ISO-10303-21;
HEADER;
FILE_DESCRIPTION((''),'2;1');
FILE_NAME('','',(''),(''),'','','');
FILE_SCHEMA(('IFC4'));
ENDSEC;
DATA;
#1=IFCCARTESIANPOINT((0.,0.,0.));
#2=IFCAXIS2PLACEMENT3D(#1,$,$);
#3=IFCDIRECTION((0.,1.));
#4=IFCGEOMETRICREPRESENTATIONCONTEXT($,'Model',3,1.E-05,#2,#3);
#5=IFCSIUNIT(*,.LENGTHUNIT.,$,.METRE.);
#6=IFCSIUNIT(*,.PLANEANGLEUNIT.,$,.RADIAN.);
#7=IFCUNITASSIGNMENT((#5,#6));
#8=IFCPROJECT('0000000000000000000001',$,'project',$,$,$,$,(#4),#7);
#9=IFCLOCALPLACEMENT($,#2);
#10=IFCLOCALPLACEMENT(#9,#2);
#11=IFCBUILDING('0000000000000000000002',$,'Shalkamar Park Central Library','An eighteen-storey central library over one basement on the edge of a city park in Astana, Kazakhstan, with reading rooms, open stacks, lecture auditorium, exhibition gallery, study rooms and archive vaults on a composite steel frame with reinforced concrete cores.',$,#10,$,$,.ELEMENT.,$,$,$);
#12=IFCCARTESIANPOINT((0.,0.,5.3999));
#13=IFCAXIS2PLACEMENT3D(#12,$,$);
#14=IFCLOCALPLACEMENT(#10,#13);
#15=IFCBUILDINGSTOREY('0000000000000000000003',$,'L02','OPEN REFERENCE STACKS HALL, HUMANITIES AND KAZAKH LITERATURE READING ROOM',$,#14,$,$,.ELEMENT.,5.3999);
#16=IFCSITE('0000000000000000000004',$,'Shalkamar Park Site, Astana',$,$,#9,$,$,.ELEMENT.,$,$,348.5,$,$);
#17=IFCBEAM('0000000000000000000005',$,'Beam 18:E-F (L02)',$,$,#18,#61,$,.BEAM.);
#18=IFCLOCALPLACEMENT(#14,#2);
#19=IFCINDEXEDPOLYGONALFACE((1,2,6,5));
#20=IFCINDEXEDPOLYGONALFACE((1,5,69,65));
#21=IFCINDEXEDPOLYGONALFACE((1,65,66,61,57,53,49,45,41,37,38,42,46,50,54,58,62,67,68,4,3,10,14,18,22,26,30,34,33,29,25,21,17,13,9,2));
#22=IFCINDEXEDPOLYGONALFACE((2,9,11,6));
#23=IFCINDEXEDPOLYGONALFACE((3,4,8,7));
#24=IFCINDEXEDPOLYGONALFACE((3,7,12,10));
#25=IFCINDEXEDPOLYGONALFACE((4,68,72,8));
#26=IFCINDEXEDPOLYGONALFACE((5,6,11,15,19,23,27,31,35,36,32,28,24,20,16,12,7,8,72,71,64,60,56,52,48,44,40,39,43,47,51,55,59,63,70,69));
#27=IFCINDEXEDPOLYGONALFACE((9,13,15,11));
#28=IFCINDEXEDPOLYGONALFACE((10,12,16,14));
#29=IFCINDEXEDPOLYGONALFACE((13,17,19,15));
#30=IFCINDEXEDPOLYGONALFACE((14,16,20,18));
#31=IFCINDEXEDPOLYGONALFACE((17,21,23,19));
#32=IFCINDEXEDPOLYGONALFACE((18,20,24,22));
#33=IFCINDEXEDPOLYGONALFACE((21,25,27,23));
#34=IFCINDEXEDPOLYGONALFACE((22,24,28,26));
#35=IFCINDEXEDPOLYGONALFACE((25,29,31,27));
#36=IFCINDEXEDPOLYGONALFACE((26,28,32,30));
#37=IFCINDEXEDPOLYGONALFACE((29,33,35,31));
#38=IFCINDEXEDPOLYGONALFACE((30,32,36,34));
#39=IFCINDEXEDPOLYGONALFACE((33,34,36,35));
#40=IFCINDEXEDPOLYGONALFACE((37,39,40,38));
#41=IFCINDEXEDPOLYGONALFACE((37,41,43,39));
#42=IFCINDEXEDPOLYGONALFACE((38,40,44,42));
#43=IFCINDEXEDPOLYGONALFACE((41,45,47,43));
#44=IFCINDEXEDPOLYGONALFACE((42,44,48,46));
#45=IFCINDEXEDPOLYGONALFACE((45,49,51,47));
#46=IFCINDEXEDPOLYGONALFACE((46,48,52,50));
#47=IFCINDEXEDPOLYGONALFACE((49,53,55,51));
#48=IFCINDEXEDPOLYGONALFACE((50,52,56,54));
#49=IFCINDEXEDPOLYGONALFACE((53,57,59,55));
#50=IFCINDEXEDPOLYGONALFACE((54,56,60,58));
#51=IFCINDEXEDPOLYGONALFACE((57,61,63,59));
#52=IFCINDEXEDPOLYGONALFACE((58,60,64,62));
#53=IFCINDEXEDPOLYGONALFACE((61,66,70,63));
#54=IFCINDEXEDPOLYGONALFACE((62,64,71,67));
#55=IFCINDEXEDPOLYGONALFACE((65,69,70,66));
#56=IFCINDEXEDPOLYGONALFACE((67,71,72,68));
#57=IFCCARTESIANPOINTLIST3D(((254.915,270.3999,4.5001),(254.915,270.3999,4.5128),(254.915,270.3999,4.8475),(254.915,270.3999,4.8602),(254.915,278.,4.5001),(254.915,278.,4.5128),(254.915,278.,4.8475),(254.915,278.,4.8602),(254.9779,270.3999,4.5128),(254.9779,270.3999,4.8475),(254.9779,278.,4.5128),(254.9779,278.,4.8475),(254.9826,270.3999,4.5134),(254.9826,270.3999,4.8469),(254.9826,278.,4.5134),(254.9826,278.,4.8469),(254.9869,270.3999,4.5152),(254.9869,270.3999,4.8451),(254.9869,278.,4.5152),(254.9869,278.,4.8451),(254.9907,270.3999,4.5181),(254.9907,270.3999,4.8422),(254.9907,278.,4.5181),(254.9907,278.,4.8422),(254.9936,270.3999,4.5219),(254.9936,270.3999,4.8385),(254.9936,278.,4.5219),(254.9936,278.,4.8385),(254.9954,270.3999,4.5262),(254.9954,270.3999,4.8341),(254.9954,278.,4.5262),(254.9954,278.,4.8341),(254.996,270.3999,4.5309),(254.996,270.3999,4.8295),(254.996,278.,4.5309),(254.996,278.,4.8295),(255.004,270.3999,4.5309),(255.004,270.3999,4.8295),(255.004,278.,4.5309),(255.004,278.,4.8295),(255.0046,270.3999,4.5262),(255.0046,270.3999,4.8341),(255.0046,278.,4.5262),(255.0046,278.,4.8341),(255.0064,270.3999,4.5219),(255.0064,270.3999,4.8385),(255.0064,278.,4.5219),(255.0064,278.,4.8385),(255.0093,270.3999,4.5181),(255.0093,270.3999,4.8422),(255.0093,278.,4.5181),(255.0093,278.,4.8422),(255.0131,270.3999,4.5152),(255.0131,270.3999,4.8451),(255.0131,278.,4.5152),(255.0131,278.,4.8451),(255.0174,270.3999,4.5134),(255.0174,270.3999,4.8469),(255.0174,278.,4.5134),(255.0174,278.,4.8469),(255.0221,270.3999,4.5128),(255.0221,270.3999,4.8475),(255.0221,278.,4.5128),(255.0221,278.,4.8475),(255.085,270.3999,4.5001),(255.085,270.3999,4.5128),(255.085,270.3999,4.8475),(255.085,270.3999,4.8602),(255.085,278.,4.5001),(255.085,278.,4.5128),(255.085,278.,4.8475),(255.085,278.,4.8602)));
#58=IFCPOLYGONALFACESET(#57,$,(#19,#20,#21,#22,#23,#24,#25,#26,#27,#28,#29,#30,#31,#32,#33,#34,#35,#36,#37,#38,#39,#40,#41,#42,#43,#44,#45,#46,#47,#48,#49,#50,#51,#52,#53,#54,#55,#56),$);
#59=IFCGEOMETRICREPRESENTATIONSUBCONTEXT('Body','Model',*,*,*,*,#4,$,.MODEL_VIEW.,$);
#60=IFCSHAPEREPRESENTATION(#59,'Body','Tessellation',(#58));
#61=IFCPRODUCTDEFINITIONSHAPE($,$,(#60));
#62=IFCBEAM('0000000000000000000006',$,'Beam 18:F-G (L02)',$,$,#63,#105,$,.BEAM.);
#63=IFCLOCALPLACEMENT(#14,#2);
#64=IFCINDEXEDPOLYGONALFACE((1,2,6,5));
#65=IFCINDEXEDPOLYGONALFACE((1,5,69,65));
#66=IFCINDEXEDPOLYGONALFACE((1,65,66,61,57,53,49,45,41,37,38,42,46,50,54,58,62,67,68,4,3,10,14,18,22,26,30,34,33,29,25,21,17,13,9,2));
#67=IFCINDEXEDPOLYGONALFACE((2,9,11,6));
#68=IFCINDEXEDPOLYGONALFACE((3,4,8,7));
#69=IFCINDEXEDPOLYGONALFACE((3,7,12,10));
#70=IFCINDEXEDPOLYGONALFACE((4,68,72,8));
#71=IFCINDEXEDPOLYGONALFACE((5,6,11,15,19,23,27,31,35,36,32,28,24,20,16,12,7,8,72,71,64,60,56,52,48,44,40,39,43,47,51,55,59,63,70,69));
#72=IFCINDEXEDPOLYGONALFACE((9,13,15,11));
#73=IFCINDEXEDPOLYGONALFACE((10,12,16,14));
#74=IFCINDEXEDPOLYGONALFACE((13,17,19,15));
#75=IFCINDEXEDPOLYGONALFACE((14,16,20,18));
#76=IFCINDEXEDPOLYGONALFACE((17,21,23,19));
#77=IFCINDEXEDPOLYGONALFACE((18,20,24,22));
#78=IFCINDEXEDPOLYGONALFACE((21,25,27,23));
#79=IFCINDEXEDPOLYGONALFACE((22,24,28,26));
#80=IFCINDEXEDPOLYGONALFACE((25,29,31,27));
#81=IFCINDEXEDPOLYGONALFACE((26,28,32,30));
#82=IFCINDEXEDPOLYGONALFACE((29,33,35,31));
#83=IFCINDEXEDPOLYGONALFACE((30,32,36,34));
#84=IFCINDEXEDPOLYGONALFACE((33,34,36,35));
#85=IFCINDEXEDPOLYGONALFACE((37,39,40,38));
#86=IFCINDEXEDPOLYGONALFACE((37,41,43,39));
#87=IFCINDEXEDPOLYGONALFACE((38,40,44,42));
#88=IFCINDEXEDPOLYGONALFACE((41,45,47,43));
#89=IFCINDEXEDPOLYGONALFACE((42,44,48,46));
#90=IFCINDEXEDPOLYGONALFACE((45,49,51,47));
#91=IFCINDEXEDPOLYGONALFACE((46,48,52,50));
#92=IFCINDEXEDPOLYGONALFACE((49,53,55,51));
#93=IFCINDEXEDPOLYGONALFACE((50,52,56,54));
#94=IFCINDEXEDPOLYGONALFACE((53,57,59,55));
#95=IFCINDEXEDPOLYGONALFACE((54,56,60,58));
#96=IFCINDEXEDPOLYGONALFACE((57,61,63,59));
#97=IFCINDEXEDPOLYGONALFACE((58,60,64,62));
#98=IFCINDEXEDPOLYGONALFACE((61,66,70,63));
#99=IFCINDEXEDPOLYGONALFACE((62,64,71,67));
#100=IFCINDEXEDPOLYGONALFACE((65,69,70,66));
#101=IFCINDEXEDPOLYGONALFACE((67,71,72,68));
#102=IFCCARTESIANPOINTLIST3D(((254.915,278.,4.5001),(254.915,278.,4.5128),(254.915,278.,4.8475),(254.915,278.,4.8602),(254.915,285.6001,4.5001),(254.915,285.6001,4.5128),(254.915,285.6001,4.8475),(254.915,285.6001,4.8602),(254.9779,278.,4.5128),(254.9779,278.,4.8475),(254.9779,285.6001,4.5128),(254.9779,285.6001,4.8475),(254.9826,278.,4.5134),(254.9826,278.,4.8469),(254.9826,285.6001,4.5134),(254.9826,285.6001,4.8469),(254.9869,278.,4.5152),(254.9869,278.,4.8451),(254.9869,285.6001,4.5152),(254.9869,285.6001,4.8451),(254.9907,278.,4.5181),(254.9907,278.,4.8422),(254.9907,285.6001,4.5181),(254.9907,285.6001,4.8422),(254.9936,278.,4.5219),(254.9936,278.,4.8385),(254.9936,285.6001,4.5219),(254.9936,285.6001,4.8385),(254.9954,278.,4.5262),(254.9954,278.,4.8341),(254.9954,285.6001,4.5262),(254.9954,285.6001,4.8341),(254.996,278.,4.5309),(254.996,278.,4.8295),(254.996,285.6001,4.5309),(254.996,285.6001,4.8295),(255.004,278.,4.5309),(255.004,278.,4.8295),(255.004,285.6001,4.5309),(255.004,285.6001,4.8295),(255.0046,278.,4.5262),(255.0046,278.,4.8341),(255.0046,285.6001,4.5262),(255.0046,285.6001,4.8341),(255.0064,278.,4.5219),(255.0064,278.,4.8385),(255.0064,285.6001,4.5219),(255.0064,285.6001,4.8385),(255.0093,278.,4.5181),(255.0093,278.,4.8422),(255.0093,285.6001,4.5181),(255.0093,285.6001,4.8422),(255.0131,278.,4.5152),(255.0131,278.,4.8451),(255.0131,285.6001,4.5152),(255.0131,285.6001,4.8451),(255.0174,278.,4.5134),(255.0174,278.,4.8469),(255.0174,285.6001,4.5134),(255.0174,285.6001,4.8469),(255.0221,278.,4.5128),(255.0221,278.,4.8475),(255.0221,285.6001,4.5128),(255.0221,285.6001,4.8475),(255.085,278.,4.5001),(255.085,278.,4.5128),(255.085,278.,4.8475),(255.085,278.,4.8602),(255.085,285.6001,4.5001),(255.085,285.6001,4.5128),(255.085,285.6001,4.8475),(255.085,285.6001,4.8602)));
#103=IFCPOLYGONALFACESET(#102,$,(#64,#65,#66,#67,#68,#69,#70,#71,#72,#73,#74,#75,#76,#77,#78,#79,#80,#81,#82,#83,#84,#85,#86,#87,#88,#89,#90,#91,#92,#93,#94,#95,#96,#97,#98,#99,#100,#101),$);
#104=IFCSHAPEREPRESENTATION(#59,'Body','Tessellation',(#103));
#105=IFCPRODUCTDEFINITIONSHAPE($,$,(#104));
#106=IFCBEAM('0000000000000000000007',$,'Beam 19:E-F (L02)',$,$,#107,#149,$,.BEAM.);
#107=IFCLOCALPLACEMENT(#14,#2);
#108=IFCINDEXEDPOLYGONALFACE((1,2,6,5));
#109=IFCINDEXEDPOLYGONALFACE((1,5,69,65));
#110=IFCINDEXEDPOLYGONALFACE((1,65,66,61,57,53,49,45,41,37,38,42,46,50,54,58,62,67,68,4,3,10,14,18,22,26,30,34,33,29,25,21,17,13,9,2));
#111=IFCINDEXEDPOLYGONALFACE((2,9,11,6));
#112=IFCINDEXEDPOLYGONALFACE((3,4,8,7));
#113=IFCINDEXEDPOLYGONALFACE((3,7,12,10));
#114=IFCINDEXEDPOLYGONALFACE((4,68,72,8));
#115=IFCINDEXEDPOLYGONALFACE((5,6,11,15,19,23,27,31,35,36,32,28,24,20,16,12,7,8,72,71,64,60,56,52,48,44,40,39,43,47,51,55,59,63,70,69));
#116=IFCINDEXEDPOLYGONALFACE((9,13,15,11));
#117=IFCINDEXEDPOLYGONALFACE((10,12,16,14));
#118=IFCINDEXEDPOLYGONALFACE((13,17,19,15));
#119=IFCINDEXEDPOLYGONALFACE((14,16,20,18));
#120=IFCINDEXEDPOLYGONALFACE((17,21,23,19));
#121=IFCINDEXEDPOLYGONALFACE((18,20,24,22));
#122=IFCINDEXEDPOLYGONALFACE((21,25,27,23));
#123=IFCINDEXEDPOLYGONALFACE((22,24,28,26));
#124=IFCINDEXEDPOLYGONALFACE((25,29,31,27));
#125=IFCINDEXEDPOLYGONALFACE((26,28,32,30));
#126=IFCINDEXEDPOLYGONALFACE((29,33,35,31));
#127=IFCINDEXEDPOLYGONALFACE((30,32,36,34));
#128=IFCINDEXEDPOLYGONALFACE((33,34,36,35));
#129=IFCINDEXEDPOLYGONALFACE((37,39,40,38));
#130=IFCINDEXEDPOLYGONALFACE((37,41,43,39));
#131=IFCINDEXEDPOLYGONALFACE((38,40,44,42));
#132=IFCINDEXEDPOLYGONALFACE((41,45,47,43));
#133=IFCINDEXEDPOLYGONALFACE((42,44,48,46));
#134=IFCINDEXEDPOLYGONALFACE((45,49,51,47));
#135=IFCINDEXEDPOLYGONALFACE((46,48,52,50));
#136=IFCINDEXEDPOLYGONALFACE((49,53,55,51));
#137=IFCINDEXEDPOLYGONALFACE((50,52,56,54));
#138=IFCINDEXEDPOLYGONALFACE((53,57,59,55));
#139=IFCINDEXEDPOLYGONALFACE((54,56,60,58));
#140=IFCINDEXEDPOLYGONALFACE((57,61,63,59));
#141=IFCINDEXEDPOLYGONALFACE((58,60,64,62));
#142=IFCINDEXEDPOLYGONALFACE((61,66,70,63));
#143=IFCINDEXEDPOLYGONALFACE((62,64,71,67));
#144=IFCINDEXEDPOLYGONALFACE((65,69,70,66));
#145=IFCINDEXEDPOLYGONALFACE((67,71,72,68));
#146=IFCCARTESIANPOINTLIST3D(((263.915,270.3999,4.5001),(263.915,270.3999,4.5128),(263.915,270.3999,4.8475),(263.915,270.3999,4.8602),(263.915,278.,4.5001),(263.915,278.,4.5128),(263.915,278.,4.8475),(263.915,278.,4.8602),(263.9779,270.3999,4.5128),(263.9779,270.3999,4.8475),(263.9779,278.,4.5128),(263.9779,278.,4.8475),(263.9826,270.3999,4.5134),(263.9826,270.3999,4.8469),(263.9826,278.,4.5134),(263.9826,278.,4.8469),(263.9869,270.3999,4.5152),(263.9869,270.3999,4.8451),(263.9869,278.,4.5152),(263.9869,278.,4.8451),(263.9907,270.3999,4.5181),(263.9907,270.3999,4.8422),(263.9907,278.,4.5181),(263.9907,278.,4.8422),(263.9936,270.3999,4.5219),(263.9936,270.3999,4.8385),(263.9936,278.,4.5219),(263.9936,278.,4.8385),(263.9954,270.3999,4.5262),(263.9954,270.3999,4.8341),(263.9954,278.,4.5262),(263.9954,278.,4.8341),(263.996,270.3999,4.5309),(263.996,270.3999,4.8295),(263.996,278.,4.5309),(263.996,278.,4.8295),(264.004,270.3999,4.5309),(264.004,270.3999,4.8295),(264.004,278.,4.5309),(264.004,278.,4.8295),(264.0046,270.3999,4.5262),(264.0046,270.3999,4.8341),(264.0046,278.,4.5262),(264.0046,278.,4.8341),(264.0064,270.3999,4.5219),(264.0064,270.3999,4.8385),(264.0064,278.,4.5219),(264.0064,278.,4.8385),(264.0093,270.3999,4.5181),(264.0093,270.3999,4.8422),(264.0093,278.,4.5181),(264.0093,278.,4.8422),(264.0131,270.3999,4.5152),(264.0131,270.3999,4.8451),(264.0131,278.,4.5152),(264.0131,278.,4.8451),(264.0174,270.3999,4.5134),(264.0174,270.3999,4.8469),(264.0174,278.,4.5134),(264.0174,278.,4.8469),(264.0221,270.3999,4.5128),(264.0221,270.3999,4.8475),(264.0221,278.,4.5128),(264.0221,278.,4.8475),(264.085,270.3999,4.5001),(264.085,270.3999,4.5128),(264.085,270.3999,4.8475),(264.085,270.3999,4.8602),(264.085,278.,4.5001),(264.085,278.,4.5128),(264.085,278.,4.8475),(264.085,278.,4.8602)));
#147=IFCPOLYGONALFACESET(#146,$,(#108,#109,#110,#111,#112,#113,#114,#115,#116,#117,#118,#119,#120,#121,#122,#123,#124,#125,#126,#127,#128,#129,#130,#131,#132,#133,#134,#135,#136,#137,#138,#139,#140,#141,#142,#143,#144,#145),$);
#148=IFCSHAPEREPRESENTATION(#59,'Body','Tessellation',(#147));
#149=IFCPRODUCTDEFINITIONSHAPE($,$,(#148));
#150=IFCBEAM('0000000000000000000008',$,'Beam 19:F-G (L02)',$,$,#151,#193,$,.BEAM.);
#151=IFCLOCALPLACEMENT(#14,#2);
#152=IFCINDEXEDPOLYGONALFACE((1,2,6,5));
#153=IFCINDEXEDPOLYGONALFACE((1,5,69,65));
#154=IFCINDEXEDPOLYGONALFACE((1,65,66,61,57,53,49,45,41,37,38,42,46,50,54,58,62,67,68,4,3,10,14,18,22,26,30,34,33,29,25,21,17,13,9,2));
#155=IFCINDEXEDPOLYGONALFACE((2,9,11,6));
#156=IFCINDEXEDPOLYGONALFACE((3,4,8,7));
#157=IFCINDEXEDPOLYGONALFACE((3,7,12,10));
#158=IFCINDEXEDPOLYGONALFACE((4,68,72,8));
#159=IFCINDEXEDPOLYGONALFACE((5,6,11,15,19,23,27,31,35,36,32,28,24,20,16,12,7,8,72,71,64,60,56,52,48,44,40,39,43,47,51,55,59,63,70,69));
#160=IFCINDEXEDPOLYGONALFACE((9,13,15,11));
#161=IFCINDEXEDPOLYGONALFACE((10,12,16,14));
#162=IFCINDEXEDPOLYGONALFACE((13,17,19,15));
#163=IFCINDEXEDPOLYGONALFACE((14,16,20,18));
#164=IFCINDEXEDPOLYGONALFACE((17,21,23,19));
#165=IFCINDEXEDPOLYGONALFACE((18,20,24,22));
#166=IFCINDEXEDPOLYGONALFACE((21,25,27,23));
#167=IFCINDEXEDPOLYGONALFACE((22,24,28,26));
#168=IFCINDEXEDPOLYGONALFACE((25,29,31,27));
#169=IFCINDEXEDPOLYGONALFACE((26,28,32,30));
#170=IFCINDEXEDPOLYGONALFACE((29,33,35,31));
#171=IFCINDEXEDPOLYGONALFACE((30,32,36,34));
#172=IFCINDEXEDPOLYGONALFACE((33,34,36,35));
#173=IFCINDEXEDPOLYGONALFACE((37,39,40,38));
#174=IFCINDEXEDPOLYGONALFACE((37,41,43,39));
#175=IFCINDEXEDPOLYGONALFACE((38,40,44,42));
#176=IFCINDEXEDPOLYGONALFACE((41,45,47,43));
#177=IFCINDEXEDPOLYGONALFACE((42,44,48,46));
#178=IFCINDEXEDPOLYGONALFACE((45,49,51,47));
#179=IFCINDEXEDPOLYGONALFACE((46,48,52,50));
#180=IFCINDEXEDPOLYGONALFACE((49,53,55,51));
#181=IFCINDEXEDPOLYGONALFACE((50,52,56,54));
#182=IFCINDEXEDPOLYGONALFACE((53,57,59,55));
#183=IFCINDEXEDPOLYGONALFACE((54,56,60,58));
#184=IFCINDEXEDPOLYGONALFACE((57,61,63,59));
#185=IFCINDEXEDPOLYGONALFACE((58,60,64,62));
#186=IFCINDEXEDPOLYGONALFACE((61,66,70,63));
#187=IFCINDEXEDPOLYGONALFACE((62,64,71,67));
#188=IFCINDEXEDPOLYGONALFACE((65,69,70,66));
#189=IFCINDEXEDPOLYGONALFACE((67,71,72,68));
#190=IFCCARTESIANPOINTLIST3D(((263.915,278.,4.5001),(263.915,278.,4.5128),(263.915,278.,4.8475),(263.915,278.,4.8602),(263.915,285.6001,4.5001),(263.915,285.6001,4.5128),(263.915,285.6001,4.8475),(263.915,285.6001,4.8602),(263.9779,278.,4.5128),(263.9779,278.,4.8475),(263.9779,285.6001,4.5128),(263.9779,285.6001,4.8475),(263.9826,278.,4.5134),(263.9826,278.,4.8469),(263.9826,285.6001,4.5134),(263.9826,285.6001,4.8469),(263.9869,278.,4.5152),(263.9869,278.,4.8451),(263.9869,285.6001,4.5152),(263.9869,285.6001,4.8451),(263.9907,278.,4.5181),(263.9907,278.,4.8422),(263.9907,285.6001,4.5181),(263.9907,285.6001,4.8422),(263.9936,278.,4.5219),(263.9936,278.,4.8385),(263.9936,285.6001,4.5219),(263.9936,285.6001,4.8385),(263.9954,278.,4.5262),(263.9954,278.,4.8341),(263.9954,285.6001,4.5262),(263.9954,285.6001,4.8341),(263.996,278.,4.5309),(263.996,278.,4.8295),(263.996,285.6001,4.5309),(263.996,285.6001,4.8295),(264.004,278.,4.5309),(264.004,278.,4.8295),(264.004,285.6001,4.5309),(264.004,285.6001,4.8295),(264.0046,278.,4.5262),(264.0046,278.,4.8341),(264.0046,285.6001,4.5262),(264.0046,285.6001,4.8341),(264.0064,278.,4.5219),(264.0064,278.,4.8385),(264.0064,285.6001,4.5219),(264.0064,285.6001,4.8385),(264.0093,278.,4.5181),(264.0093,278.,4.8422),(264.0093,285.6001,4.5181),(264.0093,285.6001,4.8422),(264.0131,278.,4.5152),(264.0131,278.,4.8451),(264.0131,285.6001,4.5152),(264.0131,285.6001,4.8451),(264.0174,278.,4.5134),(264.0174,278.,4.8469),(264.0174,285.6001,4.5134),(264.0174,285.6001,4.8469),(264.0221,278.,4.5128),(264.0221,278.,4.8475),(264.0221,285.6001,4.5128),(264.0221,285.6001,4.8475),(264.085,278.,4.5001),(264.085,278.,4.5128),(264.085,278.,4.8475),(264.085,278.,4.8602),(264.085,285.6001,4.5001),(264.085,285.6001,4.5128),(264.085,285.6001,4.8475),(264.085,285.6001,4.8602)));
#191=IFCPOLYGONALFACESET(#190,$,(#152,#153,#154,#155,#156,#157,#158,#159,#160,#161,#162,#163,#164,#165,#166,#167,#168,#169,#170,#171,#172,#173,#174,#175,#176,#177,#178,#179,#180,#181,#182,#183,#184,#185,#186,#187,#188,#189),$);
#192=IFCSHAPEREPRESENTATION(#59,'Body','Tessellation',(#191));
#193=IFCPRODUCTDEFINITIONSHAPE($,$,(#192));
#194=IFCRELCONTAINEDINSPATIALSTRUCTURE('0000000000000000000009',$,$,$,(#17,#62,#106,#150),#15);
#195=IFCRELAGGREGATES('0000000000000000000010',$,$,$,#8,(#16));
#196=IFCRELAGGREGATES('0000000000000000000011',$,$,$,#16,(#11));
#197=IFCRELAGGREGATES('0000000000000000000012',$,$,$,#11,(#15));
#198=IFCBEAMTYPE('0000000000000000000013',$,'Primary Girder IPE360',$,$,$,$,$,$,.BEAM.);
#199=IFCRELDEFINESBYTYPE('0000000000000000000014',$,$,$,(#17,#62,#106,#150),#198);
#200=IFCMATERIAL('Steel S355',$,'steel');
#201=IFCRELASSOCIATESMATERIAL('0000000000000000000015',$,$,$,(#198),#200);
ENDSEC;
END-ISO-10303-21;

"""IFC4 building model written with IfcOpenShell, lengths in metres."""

from ifc_helpers import new_model, si_unit, direction, frame, origin, origin_2d, place, context, subcontext, project, spatial, i_section, extrude, material, material_profile, profile_set, type_object, element, save


model = new_model("IFC4")

# Units and contexts
model_context = context("Model", 3, precision=1e-05, world=origin(), true_north=direction((0.0, 1.0)))
body_context = subcontext(model_context, "Body", "Model", "MODEL_VIEW")
ifc_project = project(units=[si_unit("LENGTHUNIT", "METRE"), si_unit("PLANEANGLEUNIT", "RADIAN")], contexts=[model_context])

# Site, building, storey
site_placement = place(None, origin())
site = spatial("IfcSite", under=ifc_project, at=site_placement, Name="Shalkamar Park Site, Astana", CompositionType="ELEMENT", RefElevation=348.5)
building_placement = place(site_placement, origin())
building = spatial("IfcBuilding", under=site, at=building_placement, Name="Shalkamar Park Central Library", Description="An eighteen-storey central library over one basement on the edge of a city park in Astana, Kazakhstan, with reading rooms, open stacks, lecture auditorium, exhibition gallery, study rooms and archive vaults on a composite steel frame with reinforced concrete cores.", CompositionType="ELEMENT")
storey_placement = place(building_placement, frame((0.0, 0.0, 5.3999)))
storey = spatial("IfcBuildingStorey", under=building, at=storey_placement, Name="L02", Description="OPEN REFERENCE STACKS HALL, HUMANITIES AND KAZAKH LITERATURE READING ROOM", CompositionType="ELEMENT", Elevation=5.3999)

# Shared definitions
ifc_material_1 = material(Name="Steel S355", Category="steel")

# Beams
ifc_material_profile_1 = material_profile(ifc_material_1, i_section(OverallWidth=0.1699, OverallDepth=0.3601, WebThickness=0.0081, FlangeThickness=0.0127, FilletRadius=0.0181, at=origin_2d()), Name="IPE 360")
ifc_profile_set_1 = profile_set([ifc_material_profile_1], Name="Steel S355")
beam_type_1 = type_object("IfcBeamType", Name="Primary Girder IPE360", PredefinedType="BEAM", material=ifc_profile_set_1)
for number, where, z_axis, x_axis, name in (
    (1, (255.0, 270.3999, 4.6802), (0.0, 1.0, 0.0), (-1.0, 0.0, 0.0), "Beam 18:E-F (L02)"),
    (2, (255.0, 278.0, 4.6802), (0.0, 1.0, 0.0), (-1.0, 0.0, 0.0), "Beam 18:F-G (L02)"),
    (3, (264.0, 270.3999, 4.6802), (0.0, 1.0, 0.0), (-1.0, 0.0, 0.0), "Beam 19:E-F (L02)"),
    (4, (264.0, 278.0, 4.6802), (0.0, 1.0, 0.0), (-1.0, 0.0, 0.0), "Beam 19:F-G (L02)"),
):
    element("IfcBeam", number, at=place(storey_placement, frame(where, z_axis=z_axis, x_axis=x_axis)), inside=storey, type_object=beam_type_1, Name=name, PredefinedType="BEAM", context=body_context, shape_type="SweptSolid", body=[
        extrude(i_section(OverallWidth=0.1699, OverallDepth=0.3601, WebThickness=0.0081, FlangeThickness=0.0127, FilletRadius=0.0181, at=origin_2d()), origin(), (0.0, 0.0, 1.0), 7.6001),
    ])

save(model, "model.ifc")
